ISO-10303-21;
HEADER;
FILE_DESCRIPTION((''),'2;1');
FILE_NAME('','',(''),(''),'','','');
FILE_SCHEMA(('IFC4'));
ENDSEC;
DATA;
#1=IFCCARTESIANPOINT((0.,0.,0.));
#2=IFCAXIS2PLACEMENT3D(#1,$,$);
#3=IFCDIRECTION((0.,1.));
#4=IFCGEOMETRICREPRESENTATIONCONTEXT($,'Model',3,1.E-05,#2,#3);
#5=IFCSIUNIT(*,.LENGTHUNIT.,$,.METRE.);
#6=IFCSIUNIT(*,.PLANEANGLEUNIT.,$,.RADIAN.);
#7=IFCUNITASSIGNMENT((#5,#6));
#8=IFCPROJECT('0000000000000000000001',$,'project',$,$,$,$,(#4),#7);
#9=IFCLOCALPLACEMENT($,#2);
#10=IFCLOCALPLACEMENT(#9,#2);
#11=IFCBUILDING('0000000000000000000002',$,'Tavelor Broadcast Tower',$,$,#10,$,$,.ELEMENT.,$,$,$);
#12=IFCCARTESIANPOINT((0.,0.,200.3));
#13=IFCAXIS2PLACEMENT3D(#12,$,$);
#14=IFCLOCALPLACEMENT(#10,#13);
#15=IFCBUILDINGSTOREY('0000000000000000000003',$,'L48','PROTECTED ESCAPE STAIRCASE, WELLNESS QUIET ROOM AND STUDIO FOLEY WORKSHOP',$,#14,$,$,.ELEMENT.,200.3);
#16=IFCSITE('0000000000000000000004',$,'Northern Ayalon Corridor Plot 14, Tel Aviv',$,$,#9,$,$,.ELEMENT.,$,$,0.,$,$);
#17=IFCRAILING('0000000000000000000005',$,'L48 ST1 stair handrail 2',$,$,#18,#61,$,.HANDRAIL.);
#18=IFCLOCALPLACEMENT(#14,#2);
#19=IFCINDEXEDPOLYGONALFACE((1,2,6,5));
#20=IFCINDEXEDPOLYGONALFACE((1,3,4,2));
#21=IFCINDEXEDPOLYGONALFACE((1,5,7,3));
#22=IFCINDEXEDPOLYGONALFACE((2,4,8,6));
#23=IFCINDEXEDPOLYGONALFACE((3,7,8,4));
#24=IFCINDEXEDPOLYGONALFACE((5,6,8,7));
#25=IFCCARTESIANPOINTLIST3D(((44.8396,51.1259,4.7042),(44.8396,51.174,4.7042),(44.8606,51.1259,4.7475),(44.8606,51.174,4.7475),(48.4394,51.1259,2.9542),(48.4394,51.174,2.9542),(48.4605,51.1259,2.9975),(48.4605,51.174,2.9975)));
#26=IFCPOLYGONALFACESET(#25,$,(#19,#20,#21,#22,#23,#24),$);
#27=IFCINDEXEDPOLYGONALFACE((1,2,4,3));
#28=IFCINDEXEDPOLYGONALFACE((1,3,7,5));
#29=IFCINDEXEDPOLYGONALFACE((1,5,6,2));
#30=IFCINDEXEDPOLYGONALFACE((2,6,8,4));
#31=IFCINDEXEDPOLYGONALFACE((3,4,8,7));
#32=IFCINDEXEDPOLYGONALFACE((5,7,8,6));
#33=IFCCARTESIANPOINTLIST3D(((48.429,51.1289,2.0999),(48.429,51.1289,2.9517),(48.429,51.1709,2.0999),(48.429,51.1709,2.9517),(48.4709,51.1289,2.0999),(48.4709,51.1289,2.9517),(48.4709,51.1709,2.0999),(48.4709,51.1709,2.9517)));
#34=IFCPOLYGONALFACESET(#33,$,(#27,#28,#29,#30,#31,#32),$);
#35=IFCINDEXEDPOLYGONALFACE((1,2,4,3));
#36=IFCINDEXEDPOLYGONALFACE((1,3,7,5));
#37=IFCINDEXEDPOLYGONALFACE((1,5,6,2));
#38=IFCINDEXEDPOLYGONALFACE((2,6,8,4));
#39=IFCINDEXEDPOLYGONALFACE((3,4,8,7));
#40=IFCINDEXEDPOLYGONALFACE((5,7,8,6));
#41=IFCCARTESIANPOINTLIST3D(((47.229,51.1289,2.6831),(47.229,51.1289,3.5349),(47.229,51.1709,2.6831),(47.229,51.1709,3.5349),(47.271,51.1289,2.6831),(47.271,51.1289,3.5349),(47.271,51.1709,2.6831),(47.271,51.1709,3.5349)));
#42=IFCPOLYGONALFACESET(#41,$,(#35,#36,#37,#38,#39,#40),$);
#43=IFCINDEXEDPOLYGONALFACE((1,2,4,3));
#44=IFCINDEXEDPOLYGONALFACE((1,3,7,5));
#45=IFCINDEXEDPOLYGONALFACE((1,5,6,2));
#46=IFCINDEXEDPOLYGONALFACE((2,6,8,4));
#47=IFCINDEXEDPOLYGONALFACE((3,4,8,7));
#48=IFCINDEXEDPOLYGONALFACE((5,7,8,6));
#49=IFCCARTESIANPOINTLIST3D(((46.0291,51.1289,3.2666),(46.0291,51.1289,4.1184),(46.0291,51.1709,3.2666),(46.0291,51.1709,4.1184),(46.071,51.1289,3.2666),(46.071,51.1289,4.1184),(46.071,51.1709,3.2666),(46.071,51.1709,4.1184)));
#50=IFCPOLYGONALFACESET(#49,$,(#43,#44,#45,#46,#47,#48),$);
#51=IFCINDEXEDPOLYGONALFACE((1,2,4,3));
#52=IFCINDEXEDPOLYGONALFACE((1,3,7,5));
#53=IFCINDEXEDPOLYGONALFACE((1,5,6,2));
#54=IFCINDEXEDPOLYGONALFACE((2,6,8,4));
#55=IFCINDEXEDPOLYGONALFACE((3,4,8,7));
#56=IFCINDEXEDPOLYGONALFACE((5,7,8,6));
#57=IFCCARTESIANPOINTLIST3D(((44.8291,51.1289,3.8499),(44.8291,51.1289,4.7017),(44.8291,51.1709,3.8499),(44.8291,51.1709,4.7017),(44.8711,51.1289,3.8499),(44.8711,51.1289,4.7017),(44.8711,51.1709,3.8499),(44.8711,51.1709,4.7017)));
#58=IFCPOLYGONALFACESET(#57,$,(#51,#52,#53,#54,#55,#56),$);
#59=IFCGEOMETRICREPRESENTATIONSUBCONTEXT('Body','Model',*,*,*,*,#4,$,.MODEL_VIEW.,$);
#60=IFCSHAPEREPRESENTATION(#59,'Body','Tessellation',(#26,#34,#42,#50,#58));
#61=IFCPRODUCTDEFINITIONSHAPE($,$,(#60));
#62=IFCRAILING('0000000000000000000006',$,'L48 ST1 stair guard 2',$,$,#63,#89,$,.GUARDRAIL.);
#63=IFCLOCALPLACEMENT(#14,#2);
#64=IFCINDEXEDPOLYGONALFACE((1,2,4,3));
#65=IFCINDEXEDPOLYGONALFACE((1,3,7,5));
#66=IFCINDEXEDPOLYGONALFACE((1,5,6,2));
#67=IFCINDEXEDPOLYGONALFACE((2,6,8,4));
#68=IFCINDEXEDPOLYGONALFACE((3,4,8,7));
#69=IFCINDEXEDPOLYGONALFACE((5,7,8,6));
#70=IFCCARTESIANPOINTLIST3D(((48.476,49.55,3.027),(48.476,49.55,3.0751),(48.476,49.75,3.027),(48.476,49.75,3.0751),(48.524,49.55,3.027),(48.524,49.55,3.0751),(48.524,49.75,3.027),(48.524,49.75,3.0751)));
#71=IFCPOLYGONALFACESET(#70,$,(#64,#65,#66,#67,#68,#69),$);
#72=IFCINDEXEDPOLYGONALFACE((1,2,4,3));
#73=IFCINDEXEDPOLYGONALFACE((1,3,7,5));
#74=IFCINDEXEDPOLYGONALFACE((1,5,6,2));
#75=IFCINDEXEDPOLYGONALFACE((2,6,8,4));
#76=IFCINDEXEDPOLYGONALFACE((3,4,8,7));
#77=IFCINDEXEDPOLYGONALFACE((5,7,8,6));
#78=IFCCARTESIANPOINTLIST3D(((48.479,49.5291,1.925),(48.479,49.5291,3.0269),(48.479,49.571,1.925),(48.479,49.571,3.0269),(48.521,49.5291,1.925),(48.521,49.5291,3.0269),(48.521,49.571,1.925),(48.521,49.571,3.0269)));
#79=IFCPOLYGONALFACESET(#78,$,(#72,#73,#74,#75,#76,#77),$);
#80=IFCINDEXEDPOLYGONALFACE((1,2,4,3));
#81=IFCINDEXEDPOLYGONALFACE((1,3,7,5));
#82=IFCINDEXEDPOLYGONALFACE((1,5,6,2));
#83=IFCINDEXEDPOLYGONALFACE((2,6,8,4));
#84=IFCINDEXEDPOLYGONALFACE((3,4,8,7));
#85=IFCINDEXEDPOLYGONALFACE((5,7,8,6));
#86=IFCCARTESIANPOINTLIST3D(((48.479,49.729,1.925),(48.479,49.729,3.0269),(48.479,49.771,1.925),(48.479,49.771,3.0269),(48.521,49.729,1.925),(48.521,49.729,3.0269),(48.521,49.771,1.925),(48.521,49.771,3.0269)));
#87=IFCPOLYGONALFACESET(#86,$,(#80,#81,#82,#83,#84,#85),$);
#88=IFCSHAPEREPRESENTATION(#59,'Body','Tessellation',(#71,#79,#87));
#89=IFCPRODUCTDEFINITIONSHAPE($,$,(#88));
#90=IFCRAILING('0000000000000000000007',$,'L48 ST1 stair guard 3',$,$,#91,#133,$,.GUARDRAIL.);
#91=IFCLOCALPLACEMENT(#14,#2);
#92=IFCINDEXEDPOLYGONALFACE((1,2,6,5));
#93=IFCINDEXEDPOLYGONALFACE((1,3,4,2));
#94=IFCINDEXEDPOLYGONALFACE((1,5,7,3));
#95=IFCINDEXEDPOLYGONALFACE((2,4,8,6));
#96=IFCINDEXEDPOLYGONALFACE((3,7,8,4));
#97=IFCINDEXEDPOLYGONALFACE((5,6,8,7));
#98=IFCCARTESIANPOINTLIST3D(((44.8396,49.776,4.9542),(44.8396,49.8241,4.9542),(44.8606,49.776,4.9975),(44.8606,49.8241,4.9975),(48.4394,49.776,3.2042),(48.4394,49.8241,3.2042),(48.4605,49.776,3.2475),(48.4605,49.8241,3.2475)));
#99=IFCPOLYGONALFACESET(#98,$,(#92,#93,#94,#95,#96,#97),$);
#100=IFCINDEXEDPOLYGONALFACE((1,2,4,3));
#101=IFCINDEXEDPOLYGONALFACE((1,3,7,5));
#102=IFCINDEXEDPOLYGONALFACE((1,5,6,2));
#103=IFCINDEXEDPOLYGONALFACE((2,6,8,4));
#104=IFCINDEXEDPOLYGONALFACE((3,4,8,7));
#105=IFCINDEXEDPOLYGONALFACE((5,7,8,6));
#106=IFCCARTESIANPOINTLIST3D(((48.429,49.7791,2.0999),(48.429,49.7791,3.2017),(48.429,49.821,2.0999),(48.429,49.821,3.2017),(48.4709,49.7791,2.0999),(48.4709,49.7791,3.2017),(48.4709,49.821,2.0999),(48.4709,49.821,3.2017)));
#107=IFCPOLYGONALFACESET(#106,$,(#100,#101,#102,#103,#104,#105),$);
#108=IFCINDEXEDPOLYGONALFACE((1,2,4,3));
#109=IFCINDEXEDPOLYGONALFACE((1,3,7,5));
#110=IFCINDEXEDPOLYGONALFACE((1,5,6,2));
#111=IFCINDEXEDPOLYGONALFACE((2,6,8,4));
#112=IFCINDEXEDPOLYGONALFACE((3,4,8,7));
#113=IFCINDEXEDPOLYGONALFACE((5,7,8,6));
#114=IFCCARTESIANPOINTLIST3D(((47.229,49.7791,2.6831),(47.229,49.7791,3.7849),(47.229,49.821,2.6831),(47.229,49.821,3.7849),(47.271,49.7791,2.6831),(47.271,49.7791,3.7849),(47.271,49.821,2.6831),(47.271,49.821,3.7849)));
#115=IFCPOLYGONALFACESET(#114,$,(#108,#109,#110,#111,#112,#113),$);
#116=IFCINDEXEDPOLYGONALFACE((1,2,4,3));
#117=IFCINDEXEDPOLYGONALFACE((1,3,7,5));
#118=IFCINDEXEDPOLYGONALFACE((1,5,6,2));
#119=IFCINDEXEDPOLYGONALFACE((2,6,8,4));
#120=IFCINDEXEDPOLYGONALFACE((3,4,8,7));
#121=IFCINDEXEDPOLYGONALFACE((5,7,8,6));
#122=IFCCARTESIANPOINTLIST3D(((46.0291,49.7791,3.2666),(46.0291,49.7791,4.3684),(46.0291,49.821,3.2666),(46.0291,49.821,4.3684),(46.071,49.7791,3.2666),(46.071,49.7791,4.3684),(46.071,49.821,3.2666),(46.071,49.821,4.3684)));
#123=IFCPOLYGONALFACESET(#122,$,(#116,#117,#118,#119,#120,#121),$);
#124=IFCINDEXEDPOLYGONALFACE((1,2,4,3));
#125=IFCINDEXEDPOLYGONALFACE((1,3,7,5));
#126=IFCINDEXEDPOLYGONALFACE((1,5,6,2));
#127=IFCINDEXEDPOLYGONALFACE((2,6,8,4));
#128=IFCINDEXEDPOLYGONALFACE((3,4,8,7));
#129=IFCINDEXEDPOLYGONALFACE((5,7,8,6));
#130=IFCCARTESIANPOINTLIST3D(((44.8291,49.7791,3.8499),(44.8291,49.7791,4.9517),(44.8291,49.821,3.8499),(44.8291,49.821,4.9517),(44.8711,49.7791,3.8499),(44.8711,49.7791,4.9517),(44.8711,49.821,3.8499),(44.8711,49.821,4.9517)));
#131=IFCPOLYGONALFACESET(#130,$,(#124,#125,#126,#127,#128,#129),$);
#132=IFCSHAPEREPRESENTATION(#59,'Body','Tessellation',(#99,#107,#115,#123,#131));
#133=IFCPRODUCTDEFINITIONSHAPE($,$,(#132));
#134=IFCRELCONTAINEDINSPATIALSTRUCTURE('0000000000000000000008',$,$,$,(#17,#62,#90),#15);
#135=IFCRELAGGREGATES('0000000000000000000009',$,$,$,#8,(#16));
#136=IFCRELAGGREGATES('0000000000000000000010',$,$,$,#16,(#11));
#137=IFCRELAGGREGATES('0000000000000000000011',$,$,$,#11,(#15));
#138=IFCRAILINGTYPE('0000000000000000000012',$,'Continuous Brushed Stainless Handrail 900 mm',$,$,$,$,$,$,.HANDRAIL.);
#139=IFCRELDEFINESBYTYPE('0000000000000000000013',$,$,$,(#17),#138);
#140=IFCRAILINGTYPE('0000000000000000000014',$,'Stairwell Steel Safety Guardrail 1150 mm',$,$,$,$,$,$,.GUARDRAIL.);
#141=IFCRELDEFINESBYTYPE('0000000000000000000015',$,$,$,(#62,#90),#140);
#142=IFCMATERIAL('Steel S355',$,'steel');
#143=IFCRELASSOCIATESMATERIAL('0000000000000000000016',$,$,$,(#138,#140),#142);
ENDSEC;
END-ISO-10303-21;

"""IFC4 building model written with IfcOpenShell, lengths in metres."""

from ifc_helpers import new_model, si_unit, direction, frame, origin, origin_2d, place, context, subcontext, project, spatial, rectangle, extrude, material, type_object, element, save


model = new_model("IFC4")

# Units and contexts
model_context = context("Model", 3, precision=1e-05, world=origin(), true_north=direction((0.0, 1.0)))
body_context = subcontext(model_context, "Body", "Model", "MODEL_VIEW")
ifc_project = project(units=[si_unit("LENGTHUNIT", "METRE"), si_unit("PLANEANGLEUNIT", "RADIAN")], contexts=[model_context])

# Site, building, storey
site_placement = place(None, origin())
site = spatial("IfcSite", under=ifc_project, at=site_placement, Name="Northern Ayalon Corridor Plot 14, Tel Aviv", CompositionType="ELEMENT", RefElevation=0.0)
building_placement = place(site_placement, origin())
building = spatial("IfcBuilding", under=site, at=building_placement, Name="Tavelor Broadcast Tower", CompositionType="ELEMENT")
storey_placement = place(building_placement, frame((0.0, 0.0, 200.3)))
storey = spatial("IfcBuildingStorey", under=building, at=storey_placement, Name="L48", Description="PROTECTED ESCAPE STAIRCASE, WELLNESS QUIET ROOM AND STUDIO FOLEY WORKSHOP", CompositionType="ELEMENT", Elevation=200.3)

# Shared definitions
ifc_material_1 = material(Name="Steel S355", Category="steel")

# Railings
railing_type_1 = type_object("IfcRailingType", Name="Continuous Brushed Stainless Handrail 900 mm", PredefinedType="HANDRAIL", material=ifc_material_1)
railing_1_placement = place(storey_placement, frame((48.45, 51.1499, 2.0999)))
element("IfcRailing", 1, at=railing_1_placement, inside=storey, type_object=railing_type_1, Name="L48 ST1 stair handrail 2", PredefinedType="HANDRAIL", context=body_context, shape_type="SweptSolid", body=[
    extrude(rectangle(XDim=0.0481, YDim=0.0481, at=origin_2d()), frame((0.0, 0.0, 0.876), z_axis=(-0.899361, 0.0, 0.437207), x_axis=(0.0, -1.0, 0.0)), (0.0, 0.0, 1.0), 4.0027),
    extrude(rectangle(XDim=0.042, YDim=0.042, at=origin_2d()), origin(), (0.0, 0.0, 1.0), 0.8518),
    extrude(rectangle(XDim=0.042, YDim=0.042, at=origin_2d()), frame((-1.2, 0.0, 0.5833)), (0.0, 0.0, 1.0), 0.8518),
    extrude(rectangle(XDim=0.042, YDim=0.042, at=origin_2d()), frame((-2.3999, 0.0, 1.1667)), (0.0, 0.0, 1.0), 0.8518),
    extrude(rectangle(XDim=0.042, YDim=0.042, at=origin_2d()), frame((-3.5999, 0.0, 1.75)), (0.0, 0.0, 1.0), 0.8518),
])
railing_type_2 = type_object("IfcRailingType", Name="Stairwell Steel Safety Guardrail 1150 mm", PredefinedType="GUARDRAIL", material=ifc_material_1)
railing_2_placement = place(storey_placement, frame((48.5, 49.55, 1.925)))
element("IfcRailing", 2, at=railing_2_placement, inside=storey, type_object=railing_type_2, Name="L48 ST1 stair guard 2", PredefinedType="GUARDRAIL", context=body_context, shape_type="SweptSolid", body=[
    extrude(rectangle(XDim=0.0481, YDim=0.0481, at=origin_2d()), frame((0.0, 0.0, 1.126), z_axis=(0.0, 1.0, 0.0), x_axis=(-1.0, 0.0, 0.0)), (0.0, 0.0, 1.0), 0.2),
    extrude(rectangle(XDim=0.042, YDim=0.042, at=origin_2d()), origin(), (0.0, 0.0, 1.0), 1.1018),
    extrude(rectangle(XDim=0.042, YDim=0.042, at=origin_2d()), frame((0.0, 0.2, 0.0)), (0.0, 0.0, 1.0), 1.1018),
])
railing_3_placement = place(storey_placement, frame((48.45, 49.8, 2.0999)))
element("IfcRailing", 3, at=railing_3_placement, inside=storey, type_object=railing_type_2, Name="L48 ST1 stair guard 3", PredefinedType="GUARDRAIL", context=body_context, shape_type="SweptSolid", body=[
    extrude(rectangle(XDim=0.0481, YDim=0.0481, at=origin_2d()), frame((0.0, 0.0, 1.126), z_axis=(-0.899361, 0.0, 0.437207), x_axis=(0.0, -1.0, 0.0)), (0.0, 0.0, 1.0), 4.0027),
    extrude(rectangle(XDim=0.042, YDim=0.042, at=origin_2d()), origin(), (0.0, 0.0, 1.0), 1.1018),
    extrude(rectangle(XDim=0.042, YDim=0.042, at=origin_2d()), frame((-1.2, 0.0, 0.5833)), (0.0, 0.0, 1.0), 1.1018),
    extrude(rectangle(XDim=0.042, YDim=0.042, at=origin_2d()), frame((-2.3999, 0.0, 1.1667)), (0.0, 0.0, 1.0), 1.1018),
    extrude(rectangle(XDim=0.042, YDim=0.042, at=origin_2d()), frame((-3.5999, 0.0, 1.75)), (0.0, 0.0, 1.0), 1.1018),
])

save(model, "model.ifc")
